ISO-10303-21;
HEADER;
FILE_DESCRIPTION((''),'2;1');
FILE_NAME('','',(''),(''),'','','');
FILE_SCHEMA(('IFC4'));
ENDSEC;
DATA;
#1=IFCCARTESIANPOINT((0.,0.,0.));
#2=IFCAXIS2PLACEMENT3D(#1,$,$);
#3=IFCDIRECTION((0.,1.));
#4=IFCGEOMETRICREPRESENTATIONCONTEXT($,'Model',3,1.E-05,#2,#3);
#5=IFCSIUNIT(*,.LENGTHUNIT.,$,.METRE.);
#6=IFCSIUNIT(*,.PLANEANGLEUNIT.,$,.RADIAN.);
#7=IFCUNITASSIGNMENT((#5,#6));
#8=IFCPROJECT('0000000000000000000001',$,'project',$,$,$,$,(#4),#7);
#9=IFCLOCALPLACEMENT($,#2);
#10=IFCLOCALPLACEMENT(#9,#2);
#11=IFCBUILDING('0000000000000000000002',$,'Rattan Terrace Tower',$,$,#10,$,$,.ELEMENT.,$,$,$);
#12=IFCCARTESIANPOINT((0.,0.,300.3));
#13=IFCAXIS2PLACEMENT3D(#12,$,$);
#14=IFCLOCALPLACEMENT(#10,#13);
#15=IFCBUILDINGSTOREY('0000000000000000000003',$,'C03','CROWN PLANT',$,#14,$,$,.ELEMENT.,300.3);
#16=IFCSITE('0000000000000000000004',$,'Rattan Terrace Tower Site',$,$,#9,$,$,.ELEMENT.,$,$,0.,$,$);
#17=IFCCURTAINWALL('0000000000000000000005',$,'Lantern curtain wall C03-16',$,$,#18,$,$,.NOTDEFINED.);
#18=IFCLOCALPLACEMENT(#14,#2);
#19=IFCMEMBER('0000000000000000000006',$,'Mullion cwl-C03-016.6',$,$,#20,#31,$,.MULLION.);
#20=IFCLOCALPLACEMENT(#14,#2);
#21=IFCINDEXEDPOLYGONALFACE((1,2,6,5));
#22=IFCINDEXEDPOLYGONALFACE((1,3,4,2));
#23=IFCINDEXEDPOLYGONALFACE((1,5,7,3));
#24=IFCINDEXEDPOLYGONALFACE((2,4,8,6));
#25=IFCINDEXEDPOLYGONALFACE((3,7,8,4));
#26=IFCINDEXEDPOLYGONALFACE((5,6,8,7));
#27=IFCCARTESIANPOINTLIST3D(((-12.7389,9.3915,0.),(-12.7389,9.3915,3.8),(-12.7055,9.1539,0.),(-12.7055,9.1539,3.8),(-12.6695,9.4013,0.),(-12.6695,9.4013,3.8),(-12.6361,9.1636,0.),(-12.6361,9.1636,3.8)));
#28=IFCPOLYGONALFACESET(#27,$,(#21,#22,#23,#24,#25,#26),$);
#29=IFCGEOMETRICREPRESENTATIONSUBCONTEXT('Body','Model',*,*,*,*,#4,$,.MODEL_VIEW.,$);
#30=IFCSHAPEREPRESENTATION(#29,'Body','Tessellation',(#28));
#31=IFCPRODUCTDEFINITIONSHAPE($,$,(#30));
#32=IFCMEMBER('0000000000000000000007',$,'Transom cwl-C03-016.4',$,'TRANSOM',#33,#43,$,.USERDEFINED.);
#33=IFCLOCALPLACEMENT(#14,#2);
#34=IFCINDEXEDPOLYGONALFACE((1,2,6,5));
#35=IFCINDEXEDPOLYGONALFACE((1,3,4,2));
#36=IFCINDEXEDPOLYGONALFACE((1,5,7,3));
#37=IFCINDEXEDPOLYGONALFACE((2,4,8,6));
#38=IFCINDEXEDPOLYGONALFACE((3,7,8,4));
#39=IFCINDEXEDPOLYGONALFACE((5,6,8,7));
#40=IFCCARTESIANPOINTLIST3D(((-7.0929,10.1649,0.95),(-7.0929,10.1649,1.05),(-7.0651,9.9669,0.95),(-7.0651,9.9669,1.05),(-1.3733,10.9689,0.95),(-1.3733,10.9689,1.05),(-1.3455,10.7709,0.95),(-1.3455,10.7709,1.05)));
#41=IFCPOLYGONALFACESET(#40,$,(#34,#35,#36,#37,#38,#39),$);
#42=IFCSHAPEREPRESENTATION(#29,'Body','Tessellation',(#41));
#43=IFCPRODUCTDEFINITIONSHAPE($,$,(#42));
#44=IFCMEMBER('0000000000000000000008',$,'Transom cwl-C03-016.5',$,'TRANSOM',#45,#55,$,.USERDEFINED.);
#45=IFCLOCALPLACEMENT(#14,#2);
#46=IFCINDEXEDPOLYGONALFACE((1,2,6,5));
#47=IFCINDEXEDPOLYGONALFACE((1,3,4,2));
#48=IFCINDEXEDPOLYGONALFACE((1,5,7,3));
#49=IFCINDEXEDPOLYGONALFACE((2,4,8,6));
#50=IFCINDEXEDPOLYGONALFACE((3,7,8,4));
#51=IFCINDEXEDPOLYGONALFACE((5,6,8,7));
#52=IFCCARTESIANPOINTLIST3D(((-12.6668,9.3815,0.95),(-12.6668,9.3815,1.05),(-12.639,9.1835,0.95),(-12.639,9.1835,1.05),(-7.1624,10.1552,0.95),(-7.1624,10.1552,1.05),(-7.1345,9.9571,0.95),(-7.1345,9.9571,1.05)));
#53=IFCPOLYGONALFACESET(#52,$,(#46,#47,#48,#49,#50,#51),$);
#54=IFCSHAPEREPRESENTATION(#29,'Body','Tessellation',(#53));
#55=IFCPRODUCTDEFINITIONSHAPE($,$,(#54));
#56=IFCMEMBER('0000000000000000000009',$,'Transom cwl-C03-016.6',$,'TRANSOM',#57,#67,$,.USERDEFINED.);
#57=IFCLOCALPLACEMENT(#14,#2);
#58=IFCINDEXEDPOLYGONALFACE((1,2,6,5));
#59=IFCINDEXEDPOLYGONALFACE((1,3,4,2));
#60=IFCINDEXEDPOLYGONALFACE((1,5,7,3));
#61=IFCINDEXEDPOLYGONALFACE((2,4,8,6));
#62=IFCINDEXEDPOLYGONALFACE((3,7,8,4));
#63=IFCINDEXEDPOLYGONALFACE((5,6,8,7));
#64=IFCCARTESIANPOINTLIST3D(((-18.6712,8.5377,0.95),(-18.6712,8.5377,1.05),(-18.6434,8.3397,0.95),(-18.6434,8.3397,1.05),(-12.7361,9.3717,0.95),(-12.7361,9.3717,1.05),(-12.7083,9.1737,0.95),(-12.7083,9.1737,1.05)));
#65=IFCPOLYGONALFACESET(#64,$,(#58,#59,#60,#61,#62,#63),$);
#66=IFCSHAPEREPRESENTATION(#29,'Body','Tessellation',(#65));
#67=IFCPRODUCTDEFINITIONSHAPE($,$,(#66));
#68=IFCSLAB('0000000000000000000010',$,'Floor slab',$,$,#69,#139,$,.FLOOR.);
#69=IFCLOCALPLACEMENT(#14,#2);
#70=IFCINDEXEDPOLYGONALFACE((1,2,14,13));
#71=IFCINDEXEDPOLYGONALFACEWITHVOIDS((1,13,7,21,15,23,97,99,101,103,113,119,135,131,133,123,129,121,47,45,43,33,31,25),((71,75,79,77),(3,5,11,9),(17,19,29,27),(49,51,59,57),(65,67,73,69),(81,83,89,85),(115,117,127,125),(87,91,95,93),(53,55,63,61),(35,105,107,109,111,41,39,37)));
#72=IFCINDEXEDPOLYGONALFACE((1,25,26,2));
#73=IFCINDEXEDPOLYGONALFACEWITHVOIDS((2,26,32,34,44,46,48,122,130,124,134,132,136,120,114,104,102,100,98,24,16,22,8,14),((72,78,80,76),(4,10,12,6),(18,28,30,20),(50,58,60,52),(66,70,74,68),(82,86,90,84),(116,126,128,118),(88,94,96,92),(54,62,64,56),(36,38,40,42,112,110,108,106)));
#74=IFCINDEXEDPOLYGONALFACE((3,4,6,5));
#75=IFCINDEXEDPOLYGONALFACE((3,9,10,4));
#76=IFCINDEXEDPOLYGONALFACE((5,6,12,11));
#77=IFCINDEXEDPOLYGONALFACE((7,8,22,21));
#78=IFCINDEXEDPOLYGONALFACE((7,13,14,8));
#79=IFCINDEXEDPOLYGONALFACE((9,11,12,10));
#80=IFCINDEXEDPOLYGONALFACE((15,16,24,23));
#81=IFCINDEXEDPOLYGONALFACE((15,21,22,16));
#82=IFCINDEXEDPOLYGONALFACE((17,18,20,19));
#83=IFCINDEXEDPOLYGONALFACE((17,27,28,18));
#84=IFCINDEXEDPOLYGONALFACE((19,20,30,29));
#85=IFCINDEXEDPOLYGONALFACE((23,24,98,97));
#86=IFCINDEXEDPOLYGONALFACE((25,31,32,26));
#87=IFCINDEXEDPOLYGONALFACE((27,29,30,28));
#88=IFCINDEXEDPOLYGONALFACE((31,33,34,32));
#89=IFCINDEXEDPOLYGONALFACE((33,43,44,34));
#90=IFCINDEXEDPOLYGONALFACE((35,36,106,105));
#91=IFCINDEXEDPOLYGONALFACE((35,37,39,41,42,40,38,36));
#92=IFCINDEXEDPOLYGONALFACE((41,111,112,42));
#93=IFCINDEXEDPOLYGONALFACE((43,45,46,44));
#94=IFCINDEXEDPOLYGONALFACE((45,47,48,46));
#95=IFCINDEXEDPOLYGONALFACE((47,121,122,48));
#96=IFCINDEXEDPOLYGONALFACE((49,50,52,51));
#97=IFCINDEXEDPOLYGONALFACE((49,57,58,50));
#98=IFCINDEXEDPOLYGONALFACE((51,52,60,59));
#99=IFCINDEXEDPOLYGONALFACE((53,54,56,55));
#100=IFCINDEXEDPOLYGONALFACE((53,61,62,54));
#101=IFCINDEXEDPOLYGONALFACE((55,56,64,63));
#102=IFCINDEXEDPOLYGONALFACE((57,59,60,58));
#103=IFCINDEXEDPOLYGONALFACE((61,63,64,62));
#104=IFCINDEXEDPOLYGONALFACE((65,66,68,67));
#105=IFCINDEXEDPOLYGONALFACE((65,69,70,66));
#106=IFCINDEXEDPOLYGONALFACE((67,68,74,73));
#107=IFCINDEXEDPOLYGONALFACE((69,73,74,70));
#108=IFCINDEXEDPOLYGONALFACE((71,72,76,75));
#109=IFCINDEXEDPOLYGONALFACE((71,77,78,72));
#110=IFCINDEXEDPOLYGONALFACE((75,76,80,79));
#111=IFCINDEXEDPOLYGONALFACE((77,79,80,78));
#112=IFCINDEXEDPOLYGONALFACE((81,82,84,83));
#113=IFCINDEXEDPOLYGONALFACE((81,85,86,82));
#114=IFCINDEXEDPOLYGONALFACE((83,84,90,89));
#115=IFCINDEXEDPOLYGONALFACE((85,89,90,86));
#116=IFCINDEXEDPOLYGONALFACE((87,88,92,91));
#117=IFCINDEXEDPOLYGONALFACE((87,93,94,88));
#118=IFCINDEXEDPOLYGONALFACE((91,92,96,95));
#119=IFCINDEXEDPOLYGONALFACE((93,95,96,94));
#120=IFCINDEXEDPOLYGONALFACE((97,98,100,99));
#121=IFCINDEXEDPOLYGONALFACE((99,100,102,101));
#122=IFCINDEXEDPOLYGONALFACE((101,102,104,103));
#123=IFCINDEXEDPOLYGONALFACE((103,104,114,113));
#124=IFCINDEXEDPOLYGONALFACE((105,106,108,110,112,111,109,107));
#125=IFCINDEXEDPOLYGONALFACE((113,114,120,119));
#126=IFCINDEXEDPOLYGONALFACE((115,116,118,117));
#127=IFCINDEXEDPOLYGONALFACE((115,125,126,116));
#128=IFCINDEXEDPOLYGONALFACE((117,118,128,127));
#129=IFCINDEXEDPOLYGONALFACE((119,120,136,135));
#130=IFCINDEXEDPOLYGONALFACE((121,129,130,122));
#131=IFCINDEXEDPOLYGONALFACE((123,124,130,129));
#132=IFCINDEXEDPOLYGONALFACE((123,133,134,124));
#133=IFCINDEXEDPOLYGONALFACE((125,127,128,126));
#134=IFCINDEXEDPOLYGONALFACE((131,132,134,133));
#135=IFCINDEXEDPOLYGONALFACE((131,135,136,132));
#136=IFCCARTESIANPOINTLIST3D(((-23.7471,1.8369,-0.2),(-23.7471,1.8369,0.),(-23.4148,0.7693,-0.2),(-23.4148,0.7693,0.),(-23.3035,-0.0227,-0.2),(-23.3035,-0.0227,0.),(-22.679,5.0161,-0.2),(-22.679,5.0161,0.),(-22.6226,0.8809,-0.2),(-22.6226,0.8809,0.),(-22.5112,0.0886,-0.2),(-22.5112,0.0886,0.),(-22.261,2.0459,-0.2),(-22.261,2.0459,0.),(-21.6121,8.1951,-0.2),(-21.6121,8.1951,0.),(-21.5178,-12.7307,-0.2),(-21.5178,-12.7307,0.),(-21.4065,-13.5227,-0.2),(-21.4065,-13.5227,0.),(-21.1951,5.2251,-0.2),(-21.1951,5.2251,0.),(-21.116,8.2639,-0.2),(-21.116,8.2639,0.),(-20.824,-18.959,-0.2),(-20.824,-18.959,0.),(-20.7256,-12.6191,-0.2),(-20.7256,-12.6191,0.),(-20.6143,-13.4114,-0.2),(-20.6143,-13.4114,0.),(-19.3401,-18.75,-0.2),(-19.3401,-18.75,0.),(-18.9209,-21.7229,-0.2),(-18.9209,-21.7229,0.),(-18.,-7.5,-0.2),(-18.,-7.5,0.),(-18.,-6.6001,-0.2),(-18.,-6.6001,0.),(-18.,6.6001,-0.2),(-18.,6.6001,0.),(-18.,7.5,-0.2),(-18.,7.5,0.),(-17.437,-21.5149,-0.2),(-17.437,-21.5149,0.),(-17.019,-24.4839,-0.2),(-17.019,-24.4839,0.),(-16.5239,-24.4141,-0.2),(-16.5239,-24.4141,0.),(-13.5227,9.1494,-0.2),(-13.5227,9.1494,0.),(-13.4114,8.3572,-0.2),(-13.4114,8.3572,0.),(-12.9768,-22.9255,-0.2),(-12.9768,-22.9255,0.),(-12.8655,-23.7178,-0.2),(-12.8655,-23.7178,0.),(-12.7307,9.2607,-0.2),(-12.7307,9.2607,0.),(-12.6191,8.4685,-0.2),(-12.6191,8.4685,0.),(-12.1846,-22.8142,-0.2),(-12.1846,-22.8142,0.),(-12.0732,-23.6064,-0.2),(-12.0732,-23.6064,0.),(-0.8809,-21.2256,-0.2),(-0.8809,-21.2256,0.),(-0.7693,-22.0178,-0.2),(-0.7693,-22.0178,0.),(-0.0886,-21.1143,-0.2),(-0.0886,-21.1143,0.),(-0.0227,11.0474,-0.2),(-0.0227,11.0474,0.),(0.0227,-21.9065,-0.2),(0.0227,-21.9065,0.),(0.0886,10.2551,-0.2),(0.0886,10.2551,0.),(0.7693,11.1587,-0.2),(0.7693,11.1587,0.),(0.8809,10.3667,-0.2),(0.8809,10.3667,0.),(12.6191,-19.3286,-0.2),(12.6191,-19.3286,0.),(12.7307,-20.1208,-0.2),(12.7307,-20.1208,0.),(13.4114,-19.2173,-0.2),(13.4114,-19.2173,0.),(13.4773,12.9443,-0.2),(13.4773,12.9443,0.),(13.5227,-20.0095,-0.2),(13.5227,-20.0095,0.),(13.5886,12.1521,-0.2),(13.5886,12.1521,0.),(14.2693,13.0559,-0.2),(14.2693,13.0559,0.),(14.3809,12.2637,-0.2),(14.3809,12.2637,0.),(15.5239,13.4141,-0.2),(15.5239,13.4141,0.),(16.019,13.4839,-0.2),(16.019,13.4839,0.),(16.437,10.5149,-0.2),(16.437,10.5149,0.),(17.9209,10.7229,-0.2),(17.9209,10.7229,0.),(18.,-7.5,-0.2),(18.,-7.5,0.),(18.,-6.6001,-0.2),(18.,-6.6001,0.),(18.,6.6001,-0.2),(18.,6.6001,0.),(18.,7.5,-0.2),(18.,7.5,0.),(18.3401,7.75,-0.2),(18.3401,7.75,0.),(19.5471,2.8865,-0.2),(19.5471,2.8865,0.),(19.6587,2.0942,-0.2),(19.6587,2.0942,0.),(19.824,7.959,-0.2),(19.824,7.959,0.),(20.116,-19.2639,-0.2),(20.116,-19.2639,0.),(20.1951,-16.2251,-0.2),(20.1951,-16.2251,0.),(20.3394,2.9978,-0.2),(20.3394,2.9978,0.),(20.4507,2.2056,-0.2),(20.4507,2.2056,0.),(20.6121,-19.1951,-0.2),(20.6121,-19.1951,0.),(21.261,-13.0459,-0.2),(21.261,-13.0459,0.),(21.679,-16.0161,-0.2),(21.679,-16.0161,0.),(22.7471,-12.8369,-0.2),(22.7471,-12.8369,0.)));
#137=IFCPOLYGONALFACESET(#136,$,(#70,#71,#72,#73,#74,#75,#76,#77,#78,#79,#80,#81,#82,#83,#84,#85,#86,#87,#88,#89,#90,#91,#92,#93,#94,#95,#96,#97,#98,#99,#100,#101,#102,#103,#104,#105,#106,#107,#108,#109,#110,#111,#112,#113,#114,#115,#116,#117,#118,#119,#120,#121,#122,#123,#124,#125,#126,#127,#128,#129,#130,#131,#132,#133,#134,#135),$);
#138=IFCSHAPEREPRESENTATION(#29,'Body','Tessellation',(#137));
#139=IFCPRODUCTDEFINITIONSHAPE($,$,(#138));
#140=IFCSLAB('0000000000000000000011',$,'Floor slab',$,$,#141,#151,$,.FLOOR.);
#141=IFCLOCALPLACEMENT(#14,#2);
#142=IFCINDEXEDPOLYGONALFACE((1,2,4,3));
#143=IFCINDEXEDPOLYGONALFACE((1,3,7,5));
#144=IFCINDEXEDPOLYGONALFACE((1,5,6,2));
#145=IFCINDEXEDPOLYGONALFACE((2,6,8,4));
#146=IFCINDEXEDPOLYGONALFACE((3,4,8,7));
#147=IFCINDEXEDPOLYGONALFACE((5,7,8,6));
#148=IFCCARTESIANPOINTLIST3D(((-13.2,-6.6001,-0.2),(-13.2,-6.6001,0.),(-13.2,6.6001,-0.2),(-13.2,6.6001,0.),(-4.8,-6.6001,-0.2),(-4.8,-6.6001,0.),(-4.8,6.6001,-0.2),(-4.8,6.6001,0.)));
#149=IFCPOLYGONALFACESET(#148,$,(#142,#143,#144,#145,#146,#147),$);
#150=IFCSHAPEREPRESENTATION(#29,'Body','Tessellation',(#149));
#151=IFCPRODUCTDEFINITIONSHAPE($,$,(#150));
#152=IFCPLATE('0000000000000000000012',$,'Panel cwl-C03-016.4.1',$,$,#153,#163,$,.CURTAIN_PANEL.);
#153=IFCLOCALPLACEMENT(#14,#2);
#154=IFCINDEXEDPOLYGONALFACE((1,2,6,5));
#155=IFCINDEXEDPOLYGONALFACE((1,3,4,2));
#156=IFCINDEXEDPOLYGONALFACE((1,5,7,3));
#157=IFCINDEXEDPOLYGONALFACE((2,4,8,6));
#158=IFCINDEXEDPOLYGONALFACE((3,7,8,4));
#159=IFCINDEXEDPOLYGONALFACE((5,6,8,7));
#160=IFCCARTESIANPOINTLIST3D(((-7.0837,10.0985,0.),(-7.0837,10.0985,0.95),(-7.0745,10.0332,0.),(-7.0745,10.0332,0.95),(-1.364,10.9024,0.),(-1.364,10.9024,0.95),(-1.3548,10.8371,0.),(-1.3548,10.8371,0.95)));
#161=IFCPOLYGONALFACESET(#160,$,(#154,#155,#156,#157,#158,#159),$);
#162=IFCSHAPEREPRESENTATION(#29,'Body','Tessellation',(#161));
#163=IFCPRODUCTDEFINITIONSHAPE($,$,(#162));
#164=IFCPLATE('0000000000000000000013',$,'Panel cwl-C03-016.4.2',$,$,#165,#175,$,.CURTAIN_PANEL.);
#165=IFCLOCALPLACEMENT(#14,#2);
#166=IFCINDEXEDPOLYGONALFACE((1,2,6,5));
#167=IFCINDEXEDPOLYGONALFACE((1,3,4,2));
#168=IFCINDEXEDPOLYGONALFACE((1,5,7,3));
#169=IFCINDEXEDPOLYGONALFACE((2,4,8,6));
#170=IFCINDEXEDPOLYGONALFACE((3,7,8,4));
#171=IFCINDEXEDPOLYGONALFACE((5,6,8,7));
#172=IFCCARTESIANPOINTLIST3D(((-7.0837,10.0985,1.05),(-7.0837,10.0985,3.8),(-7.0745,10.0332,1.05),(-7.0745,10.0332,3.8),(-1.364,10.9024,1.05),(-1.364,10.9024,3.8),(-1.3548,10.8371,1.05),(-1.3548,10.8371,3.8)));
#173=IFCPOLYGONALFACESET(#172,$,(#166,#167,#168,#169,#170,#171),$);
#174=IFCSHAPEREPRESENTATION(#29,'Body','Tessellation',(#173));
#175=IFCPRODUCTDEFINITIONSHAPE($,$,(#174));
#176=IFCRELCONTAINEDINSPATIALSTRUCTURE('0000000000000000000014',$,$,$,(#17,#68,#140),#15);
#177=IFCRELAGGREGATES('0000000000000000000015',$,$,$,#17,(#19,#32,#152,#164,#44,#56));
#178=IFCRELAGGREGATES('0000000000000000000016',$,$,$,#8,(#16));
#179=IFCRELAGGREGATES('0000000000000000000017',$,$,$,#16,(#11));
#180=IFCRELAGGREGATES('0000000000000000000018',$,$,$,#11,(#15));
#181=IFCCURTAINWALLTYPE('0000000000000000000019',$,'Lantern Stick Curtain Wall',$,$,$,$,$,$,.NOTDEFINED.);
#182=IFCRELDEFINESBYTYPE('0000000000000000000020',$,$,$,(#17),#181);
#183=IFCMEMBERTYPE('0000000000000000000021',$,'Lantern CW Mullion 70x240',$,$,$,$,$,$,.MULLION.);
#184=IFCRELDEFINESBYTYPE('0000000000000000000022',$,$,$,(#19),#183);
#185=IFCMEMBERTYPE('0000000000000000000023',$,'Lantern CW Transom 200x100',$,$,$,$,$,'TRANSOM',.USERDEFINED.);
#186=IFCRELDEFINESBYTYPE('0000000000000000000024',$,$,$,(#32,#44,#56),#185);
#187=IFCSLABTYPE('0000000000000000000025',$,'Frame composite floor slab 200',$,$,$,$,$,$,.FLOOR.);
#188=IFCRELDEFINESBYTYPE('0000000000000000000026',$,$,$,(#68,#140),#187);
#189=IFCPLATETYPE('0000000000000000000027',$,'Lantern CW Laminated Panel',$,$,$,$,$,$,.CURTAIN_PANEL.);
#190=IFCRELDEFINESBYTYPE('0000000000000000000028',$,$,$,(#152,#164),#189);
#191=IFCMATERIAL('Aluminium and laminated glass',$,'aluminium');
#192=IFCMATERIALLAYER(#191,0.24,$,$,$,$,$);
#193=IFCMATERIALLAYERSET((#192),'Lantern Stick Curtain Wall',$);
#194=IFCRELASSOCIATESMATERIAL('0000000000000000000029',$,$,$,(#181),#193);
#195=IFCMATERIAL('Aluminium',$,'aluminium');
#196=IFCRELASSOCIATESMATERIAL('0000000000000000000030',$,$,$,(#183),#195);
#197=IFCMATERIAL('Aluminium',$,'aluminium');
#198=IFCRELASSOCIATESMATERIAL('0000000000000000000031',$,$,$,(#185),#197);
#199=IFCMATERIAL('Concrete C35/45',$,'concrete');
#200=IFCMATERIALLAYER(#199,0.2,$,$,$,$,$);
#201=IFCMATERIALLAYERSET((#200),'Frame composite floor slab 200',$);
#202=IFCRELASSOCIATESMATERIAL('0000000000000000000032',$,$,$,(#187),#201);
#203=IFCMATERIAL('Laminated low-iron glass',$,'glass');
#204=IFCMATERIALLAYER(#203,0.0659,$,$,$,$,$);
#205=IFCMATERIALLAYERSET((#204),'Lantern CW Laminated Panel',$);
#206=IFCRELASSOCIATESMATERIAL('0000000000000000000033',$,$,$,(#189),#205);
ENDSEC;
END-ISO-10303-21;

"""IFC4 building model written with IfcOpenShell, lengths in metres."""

from ifc_helpers import new_model, si_unit, direction, frame, origin, origin_2d, place, context, subcontext, project, spatial, polyline, rectangle, outline, extrude, material, layer, layer_set, material_profile, profile_set, type_object, element, aggregate, save


model = new_model("IFC4")

# Units and contexts
model_context = context("Model", 3, precision=1e-05, world=origin(), true_north=direction((0.0, 1.0)))
body_context = subcontext(model_context, "Body", "Model", "MODEL_VIEW")
ifc_project = project(units=[si_unit("LENGTHUNIT", "METRE"), si_unit("PLANEANGLEUNIT", "RADIAN")], contexts=[model_context])

# Site, building, storey
site_placement = place(None, origin())
site = spatial("IfcSite", under=ifc_project, at=site_placement, Name="Rattan Terrace Tower Site", CompositionType="ELEMENT", RefElevation=0.0)
building_placement = place(site_placement, origin())
building = spatial("IfcBuilding", under=site, at=building_placement, Name="Rattan Terrace Tower", CompositionType="ELEMENT")
storey_placement = place(building_placement, frame((0.0, 0.0, 300.3)))
storey = spatial("IfcBuildingStorey", under=building, at=storey_placement, Name="C03", Description="CROWN PLANT", CompositionType="ELEMENT", Elevation=300.3)

# Curtain wall, members
ifc_material_1 = material(Name="Aluminium and laminated glass", Category="aluminium")
ifc_layer_1 = layer(ifc_material_1, 0.24)
ifc_layer_set_1 = layer_set([ifc_layer_1], Name="Lantern Stick Curtain Wall")
curtain_wall_type = type_object("IfcCurtainWallType", Name="Lantern Stick Curtain Wall", PredefinedType="NOTDEFINED", material=ifc_layer_set_1)
curtain_wall_placement = place(storey_placement, origin())
curtain_wall = element("IfcCurtainWall", 1, at=curtain_wall_placement, inside=storey, type_object=curtain_wall_type, Name="Lantern curtain wall C03-16", PredefinedType="NOTDEFINED")
ifc_material_2 = material(Name="Aluminium", Category="aluminium")
ifc_material_profile_1 = material_profile(ifc_material_2, rectangle(XDim=0.0701, YDim=0.24, at=origin_2d()), Name="Aluminium 70x240")
ifc_profile_set_1 = profile_set([ifc_material_profile_1], Name="Aluminium")
member_type_1 = type_object("IfcMemberType", Name="Lantern CW Mullion 70x240", PredefinedType="MULLION", material=ifc_profile_set_1)
member_1_placement = place(storey_placement, frame((-12.6875, 9.2776, 0.0), z_axis=(0.0, 0.0, 1.0), x_axis=(-0.990267, -0.139181, 0.0)))
member_1 = element("IfcMember", 2, at=member_1_placement, type_object=member_type_1, Name="Mullion cwl-C03-016.6", PredefinedType="MULLION", context=body_context, shape_type="SweptSolid", body=[
    extrude(rectangle(XDim=0.0701, YDim=0.24, at=origin_2d()), origin(), (0.0, 0.0, 1.0), 3.8),
])
ifc_material_3 = material(Name="Aluminium", Category="aluminium")
ifc_material_profile_2 = material_profile(ifc_material_3, rectangle(XDim=0.2, YDim=0.1001, at=origin_2d()), Name="Aluminium 200x100")
ifc_profile_set_2 = profile_set([ifc_material_profile_2], Name="Aluminium")
member_type_2 = type_object("IfcMemberType", Name="Lantern CW Transom 200x100", ElementType="TRANSOM", PredefinedType="USERDEFINED", material=ifc_profile_set_2)
member_2_placement = place(storey_placement, frame((-1.3594, 10.8699, 1.0), z_axis=(-0.990266, -0.13919, 0.0), x_axis=(0.13919, -0.990266, 0.0)))
member_2 = element("IfcMember", 3, at=member_2_placement, type_object=member_type_2, Name="Transom cwl-C03-016.4", ObjectType="TRANSOM", PredefinedType="USERDEFINED", context=body_context, shape_type="SweptSolid", body=[
    extrude(rectangle(XDim=0.2, YDim=0.1001, at=origin_2d()), origin(), (0.0, 0.0, 1.0), 5.7759),
])
member_3_placement = place(storey_placement, frame((-7.1484, 10.0562, 1.0), z_axis=(-0.990266, -0.139189, 0.0), x_axis=(0.139189, -0.990266, 0.0)))
member_3 = element("IfcMember", 4, at=member_3_placement, type_object=member_type_2, Name="Transom cwl-C03-016.5", ObjectType="TRANSOM", PredefinedType="USERDEFINED", context=body_context, shape_type="SweptSolid", body=[
    extrude(rectangle(XDim=0.2, YDim=0.1001, at=origin_2d()), origin(), (0.0, 0.0, 1.0), 5.5586),
])
member_4_placement = place(storey_placement, frame((-12.7222, 9.2727, 1.0), z_axis=(-0.990271, -0.139151, 0.0), x_axis=(0.139151, -0.990271, 0.0)))
member_4 = element("IfcMember", 5, at=member_4_placement, type_object=member_type_2, Name="Transom cwl-C03-016.6", ObjectType="TRANSOM", PredefinedType="USERDEFINED", context=body_context, shape_type="SweptSolid", body=[
    extrude(rectangle(XDim=0.2, YDim=0.1001, at=origin_2d()), origin(), (0.0, 0.0, 1.0), 5.9934),
])

# Slabs
ifc_material_4 = material(Name="Concrete C35/45", Category="concrete")
ifc_layer_2 = layer(ifc_material_4, 0.2)
ifc_layer_set_2 = layer_set([ifc_layer_2], Name="Frame composite floor slab 200")
slab_type = type_object("IfcSlabType", Name="Frame composite floor slab 200", PredefinedType="FLOOR", material=ifc_layer_set_2)
slab_1_placement = place(storey_placement, frame((0.0, 0.0, -0.2)))
element("IfcSlab", 6, at=slab_1_placement, inside=storey, type_object=slab_type, Name="Floor slab", PredefinedType="FLOOR", context=body_context, shape_type="SweptSolid", body=[
    extrude(outline(polyline([(-22.261, 2.0459), (-23.7471, 1.8369), (-20.824, -18.959), (-19.3401, -18.75), (-18.9209, -21.7229), (-17.437, -21.5149), (-17.019, -24.4839), (-16.5239, -24.4141), (20.116, -19.2639), (20.6121, -19.1951), (20.1951, -16.2251), (21.679, -16.0161), (21.261, -13.0459), (22.7471, -12.8369), (19.824, 7.959), (18.3401, 7.75), (17.9209, 10.7229), (16.437, 10.5149), (16.019, 13.4839), (15.5239, 13.4141), (-21.116, 8.2639), (-21.6121, 8.1951), (-21.1951, 5.2251), (-22.679, 5.0161), (-22.261, 2.0459)]), holes=[polyline([(-12.0732, -23.6064), (-12.1846, -22.8142), (-12.9768, -22.9255), (-12.8655, -23.7178), (-12.0732, -23.6064)]), polyline([(0.0227, -21.9065), (-0.0886, -21.1143), (-0.8809, -21.2256), (-0.7693, -22.0178), (0.0227, -21.9065)]), polyline([(-20.7256, -12.6191), (-21.5178, -12.7307), (-21.4065, -13.5227), (-20.6143, -13.4114), (-20.7256, -12.6191)]), polyline([(-18.0, -6.6001), (-18.0, -7.5), (18.0, -7.5), (18.0, -6.6001), (18.0, 6.6001), (18.0, 7.5), (-18.0, 7.5), (-18.0, 6.6001), (-18.0, -6.6001)]), polyline([(-22.5112, 0.0886), (-22.6226, 0.8809), (-23.4148, 0.7693), (-23.3035, -0.0227), (-22.5112, 0.0886)]), polyline([(-12.6191, 8.4685), (-12.7307, 9.2607), (-13.5227, 9.1494), (-13.4114, 8.3572), (-12.6191, 8.4685)]), polyline([(13.5227, -20.0095), (13.4114, -19.2173), (12.6191, -19.3286), (12.7307, -20.1208), (13.5227, -20.0095)]), polyline([(20.4507, 2.2056), (20.3394, 2.9978), (19.5471, 2.8865), (19.6587, 2.0942), (20.4507, 2.2056)]), polyline([(0.0886, 10.2551), (0.8809, 10.3667), (0.7693, 11.1587), (-0.0227, 11.0474), (0.0886, 10.2551)]), polyline([(13.5886, 12.1521), (14.3809, 12.2637), (14.2693, 13.0559), (13.4773, 12.9443), (13.5886, 12.1521)])]), origin(), (0.0, 0.0, 1.0), 0.2),
])
slab_2_placement = place(storey_placement, frame((0.0, 0.0, -0.2)))
element("IfcSlab", 7, at=slab_2_placement, inside=storey, type_object=slab_type, Name="Floor slab", PredefinedType="FLOOR", context=body_context, shape_type="SweptSolid", body=[
    extrude(outline(polyline([(-13.2, 6.6001), (-13.2, -6.6001), (-4.8, -6.6001), (-4.8, 6.6001), (-13.2, 6.6001)])), origin(), (0.0, 0.0, 1.0), 0.2),
])

# Plates
ifc_material_5 = material(Name="Laminated low-iron glass", Category="glass")
ifc_layer_3 = layer(ifc_material_5, 0.0659)
ifc_layer_set_3 = layer_set([ifc_layer_3], Name="Lantern CW Laminated Panel")
plate_type = type_object("IfcPlateType", Name="Lantern CW Laminated Panel", PredefinedType="CURTAIN_PANEL", material=ifc_layer_set_3)
plate_1_placement = place(storey_placement, frame((-4.2192, 10.4678, 0.0), z_axis=(0.0, 0.0, 1.0), x_axis=(-0.990267, -0.139181, 0.0)))
plate_1 = element("IfcPlate", 8, at=plate_1_placement, type_object=plate_type, Name="Panel cwl-C03-016.4.1", PredefinedType="CURTAIN_PANEL", context=body_context, shape_type="SweptSolid", body=[
    extrude(rectangle(XDim=5.7759, YDim=0.0659, at=origin_2d()), origin(), (0.0, 0.0, 1.0), 0.95),
])
plate_2_placement = place(storey_placement, frame((-4.2192, 10.4678, 1.05), z_axis=(0.0, 0.0, 1.0), x_axis=(-0.990267, -0.139181, 0.0)))
plate_2 = element("IfcPlate", 9, at=plate_2_placement, type_object=plate_type, Name="Panel cwl-C03-016.4.2", PredefinedType="CURTAIN_PANEL", context=body_context, shape_type="SweptSolid", body=[
    extrude(rectangle(XDim=5.7759, YDim=0.0659, at=origin_2d()), origin(), (0.0, 0.0, 1.0), 2.75),
])
aggregate(curtain_wall, [member_1, member_2, plate_1, plate_2, member_3, member_4])

save(model, "model.ifc")
